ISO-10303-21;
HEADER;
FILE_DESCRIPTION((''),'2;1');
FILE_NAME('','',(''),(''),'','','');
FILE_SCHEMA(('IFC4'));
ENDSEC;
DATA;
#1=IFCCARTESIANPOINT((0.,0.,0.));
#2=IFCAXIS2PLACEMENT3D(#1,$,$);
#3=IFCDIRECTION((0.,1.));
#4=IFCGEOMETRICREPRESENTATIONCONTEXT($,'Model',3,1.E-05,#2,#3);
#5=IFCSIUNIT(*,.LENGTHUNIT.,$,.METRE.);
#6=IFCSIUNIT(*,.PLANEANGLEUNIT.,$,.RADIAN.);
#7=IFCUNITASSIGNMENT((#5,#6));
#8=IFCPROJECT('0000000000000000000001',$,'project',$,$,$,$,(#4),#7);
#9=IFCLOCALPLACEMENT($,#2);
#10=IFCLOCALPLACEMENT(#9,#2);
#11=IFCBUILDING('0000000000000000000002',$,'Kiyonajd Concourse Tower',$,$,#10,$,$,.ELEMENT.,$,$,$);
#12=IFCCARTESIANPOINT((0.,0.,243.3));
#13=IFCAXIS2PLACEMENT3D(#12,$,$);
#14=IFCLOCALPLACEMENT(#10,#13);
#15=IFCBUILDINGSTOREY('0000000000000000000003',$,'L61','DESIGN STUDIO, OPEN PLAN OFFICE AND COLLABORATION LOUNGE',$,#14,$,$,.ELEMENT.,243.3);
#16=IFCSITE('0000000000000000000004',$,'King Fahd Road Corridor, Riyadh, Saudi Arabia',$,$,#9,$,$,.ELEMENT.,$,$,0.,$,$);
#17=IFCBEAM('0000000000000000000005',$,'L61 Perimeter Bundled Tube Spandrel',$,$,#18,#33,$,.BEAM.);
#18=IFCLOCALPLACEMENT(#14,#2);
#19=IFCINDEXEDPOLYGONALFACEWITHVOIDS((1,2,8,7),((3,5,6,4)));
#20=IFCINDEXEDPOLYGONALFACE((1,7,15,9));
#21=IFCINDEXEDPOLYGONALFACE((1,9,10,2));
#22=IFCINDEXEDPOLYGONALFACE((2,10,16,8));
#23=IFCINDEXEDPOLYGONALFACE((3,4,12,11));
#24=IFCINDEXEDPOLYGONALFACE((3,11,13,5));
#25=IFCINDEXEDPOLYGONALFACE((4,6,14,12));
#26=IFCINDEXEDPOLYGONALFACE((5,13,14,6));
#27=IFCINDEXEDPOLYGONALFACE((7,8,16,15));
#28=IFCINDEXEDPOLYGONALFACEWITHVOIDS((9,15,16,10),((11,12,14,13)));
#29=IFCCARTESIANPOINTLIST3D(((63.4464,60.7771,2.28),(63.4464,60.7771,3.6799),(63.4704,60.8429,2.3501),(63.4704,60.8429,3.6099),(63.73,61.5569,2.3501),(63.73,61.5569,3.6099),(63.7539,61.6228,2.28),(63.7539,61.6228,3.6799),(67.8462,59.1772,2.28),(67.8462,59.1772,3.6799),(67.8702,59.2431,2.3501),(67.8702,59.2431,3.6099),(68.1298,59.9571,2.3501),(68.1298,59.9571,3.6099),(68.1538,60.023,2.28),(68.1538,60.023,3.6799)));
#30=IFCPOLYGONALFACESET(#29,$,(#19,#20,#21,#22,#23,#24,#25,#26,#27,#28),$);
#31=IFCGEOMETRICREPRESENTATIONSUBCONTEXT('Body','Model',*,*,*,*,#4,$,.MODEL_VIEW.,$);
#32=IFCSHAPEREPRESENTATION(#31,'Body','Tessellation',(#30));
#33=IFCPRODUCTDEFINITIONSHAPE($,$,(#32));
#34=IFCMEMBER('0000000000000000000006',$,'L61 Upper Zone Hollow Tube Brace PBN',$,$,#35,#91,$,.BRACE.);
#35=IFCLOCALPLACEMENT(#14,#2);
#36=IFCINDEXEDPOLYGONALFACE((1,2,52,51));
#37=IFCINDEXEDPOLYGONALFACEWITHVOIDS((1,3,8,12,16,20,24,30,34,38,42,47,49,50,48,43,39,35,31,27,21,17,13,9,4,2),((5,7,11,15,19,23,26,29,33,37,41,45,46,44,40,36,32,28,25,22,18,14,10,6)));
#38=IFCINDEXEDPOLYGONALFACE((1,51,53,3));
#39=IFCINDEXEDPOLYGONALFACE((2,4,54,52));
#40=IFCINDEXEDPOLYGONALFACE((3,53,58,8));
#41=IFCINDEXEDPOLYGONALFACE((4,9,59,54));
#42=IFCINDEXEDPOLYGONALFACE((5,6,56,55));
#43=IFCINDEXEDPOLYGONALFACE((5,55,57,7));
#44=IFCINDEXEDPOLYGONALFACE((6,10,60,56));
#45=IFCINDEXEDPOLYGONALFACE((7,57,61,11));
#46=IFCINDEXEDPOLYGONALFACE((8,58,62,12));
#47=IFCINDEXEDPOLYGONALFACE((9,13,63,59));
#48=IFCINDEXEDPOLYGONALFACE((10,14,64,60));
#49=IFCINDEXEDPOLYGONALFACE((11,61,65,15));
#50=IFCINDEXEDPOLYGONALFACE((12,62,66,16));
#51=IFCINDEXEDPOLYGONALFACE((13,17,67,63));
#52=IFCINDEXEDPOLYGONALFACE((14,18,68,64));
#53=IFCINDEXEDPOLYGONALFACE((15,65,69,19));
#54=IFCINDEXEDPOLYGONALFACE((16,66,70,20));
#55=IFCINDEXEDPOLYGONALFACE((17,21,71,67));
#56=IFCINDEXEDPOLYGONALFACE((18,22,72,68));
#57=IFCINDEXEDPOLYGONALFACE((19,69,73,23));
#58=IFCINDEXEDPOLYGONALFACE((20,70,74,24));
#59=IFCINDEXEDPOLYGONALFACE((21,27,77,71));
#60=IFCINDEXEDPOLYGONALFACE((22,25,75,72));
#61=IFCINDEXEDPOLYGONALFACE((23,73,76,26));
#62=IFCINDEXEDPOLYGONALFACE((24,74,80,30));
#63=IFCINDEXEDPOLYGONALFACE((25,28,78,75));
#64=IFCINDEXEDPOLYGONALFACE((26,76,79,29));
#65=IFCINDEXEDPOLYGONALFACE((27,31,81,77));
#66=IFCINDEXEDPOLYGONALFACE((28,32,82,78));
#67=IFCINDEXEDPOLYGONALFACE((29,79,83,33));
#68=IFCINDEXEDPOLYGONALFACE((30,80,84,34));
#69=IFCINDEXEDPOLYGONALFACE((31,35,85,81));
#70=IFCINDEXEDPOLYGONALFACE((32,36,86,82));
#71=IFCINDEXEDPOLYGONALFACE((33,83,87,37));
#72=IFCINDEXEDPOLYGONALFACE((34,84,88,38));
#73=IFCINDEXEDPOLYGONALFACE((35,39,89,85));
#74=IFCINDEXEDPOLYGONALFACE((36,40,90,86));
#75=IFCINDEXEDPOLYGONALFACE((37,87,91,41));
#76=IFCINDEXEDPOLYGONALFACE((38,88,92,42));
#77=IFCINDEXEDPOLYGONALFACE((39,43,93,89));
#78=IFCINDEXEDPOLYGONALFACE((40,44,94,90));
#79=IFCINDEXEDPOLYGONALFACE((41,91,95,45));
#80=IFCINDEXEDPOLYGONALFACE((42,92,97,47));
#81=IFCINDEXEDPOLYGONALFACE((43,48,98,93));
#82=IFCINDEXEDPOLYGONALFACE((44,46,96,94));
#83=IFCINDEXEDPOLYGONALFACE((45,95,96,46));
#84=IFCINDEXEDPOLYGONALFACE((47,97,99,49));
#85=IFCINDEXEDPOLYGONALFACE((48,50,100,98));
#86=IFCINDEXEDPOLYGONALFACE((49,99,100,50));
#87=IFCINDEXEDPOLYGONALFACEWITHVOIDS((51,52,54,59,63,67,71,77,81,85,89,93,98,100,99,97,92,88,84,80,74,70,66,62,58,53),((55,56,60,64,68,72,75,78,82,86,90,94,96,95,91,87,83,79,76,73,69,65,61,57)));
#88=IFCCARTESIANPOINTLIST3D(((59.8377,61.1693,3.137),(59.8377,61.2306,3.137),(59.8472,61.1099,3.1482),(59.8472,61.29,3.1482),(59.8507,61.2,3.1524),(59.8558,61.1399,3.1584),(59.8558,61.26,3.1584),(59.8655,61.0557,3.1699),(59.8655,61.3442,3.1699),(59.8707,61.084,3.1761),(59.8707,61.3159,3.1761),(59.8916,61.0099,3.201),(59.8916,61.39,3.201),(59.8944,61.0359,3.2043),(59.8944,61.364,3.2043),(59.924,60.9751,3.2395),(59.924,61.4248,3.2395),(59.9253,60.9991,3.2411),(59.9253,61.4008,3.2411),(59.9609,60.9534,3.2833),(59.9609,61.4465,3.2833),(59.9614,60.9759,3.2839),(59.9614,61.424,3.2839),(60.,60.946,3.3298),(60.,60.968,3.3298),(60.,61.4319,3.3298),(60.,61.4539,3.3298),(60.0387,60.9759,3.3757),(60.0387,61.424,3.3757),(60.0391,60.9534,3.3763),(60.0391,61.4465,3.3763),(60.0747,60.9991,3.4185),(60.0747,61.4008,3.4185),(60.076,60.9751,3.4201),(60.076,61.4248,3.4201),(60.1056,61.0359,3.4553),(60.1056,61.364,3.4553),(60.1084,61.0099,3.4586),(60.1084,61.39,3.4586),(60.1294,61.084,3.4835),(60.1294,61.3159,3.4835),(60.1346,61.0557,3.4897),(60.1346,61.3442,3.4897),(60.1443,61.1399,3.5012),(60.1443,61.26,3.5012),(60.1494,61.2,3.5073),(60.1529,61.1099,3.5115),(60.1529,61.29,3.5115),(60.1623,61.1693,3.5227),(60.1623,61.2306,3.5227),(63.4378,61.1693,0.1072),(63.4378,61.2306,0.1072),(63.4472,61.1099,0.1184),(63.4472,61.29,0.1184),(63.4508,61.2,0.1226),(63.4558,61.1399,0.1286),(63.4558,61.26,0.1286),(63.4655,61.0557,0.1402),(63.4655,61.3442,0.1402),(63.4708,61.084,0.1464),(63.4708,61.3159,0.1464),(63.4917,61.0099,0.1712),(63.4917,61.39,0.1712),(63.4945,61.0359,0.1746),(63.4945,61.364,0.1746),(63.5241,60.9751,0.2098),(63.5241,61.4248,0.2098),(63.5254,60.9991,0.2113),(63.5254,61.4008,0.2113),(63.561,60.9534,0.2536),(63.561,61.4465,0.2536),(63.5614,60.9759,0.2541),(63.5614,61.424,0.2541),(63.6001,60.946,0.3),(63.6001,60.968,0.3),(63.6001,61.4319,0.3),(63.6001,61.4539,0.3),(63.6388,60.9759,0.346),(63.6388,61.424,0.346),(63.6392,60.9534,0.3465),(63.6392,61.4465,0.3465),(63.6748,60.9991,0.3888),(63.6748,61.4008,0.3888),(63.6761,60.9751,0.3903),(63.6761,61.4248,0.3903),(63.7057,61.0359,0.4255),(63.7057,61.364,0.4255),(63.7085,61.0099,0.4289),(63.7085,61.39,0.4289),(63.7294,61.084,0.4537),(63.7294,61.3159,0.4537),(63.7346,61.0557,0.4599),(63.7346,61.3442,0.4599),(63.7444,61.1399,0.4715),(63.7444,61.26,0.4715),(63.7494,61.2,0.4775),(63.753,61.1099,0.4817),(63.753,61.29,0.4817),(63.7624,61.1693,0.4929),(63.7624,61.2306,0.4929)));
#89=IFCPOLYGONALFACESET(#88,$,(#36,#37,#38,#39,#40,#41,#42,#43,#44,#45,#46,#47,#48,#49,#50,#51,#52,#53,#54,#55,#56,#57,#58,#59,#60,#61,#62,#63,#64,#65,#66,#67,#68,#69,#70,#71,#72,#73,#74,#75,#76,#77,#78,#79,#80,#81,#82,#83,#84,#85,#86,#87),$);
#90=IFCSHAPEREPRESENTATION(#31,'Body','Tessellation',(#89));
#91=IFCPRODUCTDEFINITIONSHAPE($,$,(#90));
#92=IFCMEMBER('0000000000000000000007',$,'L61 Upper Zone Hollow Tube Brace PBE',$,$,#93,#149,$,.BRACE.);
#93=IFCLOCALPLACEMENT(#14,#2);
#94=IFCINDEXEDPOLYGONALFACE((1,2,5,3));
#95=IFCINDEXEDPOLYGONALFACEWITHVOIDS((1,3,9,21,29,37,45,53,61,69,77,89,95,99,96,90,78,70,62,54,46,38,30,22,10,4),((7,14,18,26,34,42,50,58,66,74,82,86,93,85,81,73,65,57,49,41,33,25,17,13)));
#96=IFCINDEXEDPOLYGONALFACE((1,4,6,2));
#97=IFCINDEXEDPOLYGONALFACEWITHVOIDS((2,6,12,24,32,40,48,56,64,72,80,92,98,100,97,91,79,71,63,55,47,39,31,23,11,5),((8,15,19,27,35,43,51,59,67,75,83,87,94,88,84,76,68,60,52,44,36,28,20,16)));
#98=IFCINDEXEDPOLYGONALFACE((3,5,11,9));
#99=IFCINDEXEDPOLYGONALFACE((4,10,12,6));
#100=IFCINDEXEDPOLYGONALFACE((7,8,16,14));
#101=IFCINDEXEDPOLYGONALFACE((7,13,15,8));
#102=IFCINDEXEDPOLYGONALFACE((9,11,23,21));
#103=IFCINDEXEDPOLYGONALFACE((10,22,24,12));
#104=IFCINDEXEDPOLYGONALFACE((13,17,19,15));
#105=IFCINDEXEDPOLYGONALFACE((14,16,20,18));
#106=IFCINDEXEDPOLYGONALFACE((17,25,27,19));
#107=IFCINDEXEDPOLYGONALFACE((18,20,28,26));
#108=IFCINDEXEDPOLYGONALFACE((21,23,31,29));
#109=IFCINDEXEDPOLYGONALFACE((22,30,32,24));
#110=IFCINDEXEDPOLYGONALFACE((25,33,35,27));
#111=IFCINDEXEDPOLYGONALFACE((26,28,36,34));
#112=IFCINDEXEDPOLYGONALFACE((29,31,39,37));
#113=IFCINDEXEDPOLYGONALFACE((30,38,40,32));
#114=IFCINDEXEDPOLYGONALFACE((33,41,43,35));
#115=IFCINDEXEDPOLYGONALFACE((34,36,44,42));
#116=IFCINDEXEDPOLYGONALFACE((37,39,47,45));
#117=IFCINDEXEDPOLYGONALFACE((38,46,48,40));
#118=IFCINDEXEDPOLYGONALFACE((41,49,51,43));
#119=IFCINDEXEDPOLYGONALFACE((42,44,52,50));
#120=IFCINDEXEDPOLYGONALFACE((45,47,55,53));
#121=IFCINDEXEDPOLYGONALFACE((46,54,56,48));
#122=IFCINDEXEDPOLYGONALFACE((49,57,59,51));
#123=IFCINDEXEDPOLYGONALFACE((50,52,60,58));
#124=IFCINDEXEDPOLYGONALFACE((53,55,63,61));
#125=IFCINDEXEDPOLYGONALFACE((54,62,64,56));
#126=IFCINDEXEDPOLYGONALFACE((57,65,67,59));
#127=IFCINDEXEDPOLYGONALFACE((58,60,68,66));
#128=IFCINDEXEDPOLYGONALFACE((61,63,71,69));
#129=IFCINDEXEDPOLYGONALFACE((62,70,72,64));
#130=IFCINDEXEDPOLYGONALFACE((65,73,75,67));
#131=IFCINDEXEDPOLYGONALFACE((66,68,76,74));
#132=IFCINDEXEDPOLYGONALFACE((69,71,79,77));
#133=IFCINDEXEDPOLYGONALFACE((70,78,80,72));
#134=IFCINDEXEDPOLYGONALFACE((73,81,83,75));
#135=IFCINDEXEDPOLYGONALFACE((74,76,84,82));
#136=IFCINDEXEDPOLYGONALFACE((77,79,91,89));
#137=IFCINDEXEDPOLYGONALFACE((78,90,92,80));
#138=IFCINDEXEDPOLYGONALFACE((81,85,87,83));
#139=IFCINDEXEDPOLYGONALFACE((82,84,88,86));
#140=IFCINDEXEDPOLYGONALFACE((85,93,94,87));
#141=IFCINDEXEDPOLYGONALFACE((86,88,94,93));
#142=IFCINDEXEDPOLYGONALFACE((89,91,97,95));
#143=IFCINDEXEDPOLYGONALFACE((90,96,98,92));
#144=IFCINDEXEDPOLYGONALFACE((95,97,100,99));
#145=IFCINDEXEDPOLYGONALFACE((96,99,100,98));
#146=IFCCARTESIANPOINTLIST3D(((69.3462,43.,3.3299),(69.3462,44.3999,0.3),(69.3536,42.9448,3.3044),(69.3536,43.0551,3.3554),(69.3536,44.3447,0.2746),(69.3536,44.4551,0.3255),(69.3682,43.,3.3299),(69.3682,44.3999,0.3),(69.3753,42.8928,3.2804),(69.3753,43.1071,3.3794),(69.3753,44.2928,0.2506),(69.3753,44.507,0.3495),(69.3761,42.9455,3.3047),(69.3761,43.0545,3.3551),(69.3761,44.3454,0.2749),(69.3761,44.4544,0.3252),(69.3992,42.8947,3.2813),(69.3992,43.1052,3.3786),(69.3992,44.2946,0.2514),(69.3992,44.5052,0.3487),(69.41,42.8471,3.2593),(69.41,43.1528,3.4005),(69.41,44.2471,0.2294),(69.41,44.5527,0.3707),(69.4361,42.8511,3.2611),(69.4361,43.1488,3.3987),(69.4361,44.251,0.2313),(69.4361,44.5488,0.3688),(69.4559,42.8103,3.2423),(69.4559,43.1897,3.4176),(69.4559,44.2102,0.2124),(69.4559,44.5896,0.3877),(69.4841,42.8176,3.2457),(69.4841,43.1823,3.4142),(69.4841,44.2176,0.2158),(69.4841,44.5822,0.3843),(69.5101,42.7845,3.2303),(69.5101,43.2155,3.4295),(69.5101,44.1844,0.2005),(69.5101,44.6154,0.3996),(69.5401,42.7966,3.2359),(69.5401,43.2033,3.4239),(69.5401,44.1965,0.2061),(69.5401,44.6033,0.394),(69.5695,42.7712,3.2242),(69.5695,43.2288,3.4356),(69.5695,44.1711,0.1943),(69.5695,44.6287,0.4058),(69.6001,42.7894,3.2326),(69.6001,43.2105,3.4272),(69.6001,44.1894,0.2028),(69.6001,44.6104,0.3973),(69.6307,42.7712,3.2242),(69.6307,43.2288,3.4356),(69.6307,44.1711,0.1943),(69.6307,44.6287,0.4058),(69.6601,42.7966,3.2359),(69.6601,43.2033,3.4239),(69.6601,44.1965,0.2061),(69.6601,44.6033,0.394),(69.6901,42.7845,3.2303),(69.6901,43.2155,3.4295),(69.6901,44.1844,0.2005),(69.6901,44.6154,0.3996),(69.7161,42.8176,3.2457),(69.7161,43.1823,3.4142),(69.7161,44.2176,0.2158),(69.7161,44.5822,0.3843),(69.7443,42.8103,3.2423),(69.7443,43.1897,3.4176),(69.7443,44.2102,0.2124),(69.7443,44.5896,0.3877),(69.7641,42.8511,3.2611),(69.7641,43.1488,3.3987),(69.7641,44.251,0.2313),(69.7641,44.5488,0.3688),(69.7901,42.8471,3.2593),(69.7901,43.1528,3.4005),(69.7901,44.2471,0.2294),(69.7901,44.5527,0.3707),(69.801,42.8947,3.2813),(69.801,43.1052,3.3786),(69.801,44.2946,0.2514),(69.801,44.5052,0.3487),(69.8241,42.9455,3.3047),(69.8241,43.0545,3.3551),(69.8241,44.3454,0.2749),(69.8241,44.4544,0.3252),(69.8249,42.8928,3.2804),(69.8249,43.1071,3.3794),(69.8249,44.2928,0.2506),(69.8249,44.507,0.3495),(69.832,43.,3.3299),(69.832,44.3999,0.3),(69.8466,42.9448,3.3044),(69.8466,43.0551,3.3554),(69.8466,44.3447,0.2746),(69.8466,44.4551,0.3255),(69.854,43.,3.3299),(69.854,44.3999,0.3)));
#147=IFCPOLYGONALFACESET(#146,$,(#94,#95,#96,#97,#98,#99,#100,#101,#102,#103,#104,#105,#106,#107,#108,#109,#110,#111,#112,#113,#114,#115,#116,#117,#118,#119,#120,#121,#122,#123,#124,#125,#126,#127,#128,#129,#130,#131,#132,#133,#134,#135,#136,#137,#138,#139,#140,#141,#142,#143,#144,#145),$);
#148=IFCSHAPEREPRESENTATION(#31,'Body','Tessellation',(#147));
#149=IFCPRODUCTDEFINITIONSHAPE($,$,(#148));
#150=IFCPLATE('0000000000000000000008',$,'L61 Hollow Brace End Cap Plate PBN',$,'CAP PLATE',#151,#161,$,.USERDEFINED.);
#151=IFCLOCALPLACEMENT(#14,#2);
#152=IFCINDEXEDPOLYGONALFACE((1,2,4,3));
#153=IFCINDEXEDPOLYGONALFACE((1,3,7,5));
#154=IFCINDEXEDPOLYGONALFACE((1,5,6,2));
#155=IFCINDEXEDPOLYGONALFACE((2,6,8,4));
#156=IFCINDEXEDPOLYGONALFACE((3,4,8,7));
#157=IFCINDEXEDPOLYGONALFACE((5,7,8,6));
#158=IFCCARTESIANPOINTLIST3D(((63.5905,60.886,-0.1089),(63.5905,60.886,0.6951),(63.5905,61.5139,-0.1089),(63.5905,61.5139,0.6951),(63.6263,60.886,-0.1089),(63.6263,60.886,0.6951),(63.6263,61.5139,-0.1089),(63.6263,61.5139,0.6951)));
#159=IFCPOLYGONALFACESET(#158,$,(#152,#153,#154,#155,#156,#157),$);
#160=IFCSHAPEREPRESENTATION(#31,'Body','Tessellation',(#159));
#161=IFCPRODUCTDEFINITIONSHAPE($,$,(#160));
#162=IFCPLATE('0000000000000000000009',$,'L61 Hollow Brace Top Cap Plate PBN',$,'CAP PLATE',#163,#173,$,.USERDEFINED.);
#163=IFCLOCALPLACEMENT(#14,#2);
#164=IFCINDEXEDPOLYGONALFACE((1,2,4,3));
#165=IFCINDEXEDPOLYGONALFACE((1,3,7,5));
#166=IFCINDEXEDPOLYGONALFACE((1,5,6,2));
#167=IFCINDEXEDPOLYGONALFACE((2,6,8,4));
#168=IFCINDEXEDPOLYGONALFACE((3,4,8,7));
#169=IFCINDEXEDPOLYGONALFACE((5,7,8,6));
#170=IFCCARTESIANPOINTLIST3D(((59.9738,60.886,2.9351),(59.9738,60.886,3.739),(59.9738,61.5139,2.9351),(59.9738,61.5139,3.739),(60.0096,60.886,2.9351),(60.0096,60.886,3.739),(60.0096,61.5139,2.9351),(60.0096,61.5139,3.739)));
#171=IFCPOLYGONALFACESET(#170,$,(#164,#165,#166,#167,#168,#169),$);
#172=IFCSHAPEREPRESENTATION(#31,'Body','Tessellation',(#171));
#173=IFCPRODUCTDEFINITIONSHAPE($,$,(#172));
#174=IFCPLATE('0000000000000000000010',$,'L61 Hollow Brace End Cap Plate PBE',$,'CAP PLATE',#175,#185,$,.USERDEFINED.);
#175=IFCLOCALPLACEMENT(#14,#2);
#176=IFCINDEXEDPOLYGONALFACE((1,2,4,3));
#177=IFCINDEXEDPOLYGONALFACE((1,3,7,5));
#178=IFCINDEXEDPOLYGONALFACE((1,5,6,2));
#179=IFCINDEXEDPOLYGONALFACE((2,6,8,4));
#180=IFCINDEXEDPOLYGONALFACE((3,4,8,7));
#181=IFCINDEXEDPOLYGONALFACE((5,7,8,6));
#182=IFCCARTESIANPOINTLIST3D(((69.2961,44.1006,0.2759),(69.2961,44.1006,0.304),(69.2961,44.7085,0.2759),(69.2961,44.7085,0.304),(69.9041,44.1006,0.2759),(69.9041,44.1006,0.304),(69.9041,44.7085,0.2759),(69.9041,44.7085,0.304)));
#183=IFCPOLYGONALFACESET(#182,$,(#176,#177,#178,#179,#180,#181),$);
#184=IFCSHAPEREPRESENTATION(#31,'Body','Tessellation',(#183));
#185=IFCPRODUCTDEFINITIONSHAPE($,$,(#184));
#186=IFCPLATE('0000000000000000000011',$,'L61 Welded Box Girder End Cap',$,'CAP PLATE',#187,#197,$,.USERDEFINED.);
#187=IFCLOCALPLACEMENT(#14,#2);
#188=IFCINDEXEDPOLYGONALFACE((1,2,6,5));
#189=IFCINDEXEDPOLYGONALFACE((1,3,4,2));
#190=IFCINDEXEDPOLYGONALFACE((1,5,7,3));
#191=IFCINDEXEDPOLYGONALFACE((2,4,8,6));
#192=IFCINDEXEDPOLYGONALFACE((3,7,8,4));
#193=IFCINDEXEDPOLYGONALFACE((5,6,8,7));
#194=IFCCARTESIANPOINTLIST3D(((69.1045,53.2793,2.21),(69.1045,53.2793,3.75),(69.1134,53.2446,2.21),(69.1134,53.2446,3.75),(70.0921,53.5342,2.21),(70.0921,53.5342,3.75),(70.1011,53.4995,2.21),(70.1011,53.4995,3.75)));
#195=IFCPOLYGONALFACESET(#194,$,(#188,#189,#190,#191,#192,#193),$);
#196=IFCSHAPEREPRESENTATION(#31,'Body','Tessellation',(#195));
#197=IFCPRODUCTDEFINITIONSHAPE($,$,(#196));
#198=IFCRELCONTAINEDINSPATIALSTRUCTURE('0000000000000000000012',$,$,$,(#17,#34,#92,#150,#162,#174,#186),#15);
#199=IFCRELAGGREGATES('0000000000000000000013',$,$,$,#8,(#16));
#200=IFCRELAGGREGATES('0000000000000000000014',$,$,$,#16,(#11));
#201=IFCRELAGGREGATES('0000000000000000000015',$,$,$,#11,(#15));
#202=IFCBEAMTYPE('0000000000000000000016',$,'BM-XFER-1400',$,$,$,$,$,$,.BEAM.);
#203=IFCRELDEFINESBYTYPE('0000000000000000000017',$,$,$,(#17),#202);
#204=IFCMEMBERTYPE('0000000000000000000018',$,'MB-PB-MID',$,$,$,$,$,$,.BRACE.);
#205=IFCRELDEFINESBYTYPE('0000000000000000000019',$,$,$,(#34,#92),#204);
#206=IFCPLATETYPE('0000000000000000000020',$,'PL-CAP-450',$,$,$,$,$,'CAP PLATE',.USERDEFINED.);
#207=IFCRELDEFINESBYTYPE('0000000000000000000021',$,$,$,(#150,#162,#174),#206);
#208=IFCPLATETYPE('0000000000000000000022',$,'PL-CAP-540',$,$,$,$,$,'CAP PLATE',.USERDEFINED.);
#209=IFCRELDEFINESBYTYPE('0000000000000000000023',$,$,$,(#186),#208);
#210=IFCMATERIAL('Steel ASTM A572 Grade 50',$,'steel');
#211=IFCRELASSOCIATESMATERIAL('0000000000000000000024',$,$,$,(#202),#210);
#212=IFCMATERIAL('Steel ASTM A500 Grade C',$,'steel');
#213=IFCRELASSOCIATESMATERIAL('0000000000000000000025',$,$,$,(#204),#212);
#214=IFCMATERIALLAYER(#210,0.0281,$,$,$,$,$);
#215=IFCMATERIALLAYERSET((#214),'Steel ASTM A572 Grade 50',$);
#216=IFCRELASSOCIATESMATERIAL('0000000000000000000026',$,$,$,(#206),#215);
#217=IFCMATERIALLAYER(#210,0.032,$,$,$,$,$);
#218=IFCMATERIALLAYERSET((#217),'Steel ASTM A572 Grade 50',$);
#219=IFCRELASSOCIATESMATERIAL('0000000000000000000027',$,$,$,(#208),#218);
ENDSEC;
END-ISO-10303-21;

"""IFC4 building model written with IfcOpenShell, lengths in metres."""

from ifc_helpers import new_model, si_unit, direction, frame, origin, origin_2d, place, context, subcontext, project, spatial, rectangle, hollow_rectangle, hollow_circle, extrude, material, layer, layer_set, material_profile, profile_set, type_object, element, save


model = new_model("IFC4")

# Units and contexts
model_context = context("Model", 3, precision=1e-05, world=origin(), true_north=direction((0.0, 1.0)))
body_context = subcontext(model_context, "Body", "Model", "MODEL_VIEW")
ifc_project = project(units=[si_unit("LENGTHUNIT", "METRE"), si_unit("PLANEANGLEUNIT", "RADIAN")], contexts=[model_context])

# Site, building, storey
site_placement = place(None, origin())
site = spatial("IfcSite", under=ifc_project, at=site_placement, Name="King Fahd Road Corridor, Riyadh, Saudi Arabia", CompositionType="ELEMENT", RefElevation=0.0)
building_placement = place(site_placement, origin())
building = spatial("IfcBuilding", under=site, at=building_placement, Name="Kiyonajd Concourse Tower", CompositionType="ELEMENT")
storey_placement = place(building_placement, frame((0.0, 0.0, 243.3)))
storey = spatial("IfcBuildingStorey", under=building, at=storey_placement, Name="L61", Description="DESIGN STUDIO, OPEN PLAN OFFICE AND COLLABORATION LOUNGE", CompositionType="ELEMENT", Elevation=243.3)

# Beam
ifc_material_1 = material(Name="Steel ASTM A572 Grade 50", Category="steel")
ifc_material_profile_1 = material_profile(ifc_material_1, hollow_rectangle(XDim=0.8999, YDim=1.3999, WallThickness=0.0701, at=origin_2d()), Name="BOX-1400x900x70")
ifc_profile_set_1 = profile_set([ifc_material_profile_1], Name="Steel ASTM A572 Grade 50")
beam_type_1 = type_object("IfcBeamType", Name="BM-XFER-1400", PredefinedType="BEAM", material=ifc_profile_set_1)
beam_1_placement = place(storey_placement, frame((68.0, 59.6001, 2.98), z_axis=(-0.939801, 0.341722, 0.0), x_axis=(-0.341722, -0.939801, 0.0)))
element("IfcBeam", 1, at=beam_1_placement, inside=storey, type_object=beam_type_1, Name="L61 Perimeter Bundled Tube Spandrel", PredefinedType="BEAM", context=body_context, shape_type="SweptSolid", body=[
    extrude(hollow_rectangle(XDim=0.8999, YDim=1.3999, WallThickness=0.0701, at=origin_2d()), origin(), (0.0, 0.0, 1.0), 4.6816),
])

# Members
ifc_material_2 = material(Name="Steel ASTM A500 Grade C", Category="steel")
ifc_material_profile_2 = material_profile(ifc_material_2, hollow_circle(Radius=0.2539, WallThickness=0.022, at=origin_2d()), Name="CHS-508x22")
ifc_profile_set_2 = profile_set([ifc_material_profile_2], Name="Steel ASTM A500 Grade C")
member_type = type_object("IfcMemberType", Name="MB-PB-MID", PredefinedType="BRACE", material=ifc_profile_set_2)
member_1_placement = place(storey_placement, frame((63.6001, 61.2, 0.3), z_axis=(-0.765108, 0.0, 0.643902), x_axis=(0.0, -1.0, 0.0)))
element("IfcMember", 2, at=member_1_placement, inside=storey, type_object=member_type, Name="L61 Upper Zone Hollow Tube Brace PBN", PredefinedType="BRACE", context=body_context, shape_type="SweptSolid", body=[
    extrude(hollow_circle(Radius=0.2539, WallThickness=0.022, at=origin_2d()), origin(), (0.0, 0.0, 1.0), 4.7053),
])
member_2_placement = place(storey_placement, frame((69.6001, 44.3999, 0.3), z_axis=(0.0, -0.419439, 0.907784), x_axis=(1.0, 0.0, 0.0)))
element("IfcMember", 3, at=member_2_placement, inside=storey, type_object=member_type, Name="L61 Upper Zone Hollow Tube Brace PBE", PredefinedType="BRACE", context=body_context, shape_type="SweptSolid", body=[
    extrude(hollow_circle(Radius=0.2539, WallThickness=0.022, at=origin_2d()), origin(), (0.0, 0.0, 1.0), 3.3376),
])

# Plates
ifc_layer_1 = layer(ifc_material_1, 0.0281)
ifc_layer_set_1 = layer_set([ifc_layer_1], Name="Steel ASTM A572 Grade 50")
plate_type_1 = type_object("IfcPlateType", Name="PL-CAP-450", ElementType="CAP PLATE", PredefinedType="USERDEFINED", material=ifc_layer_set_1)
for number, where, z_axis, x_axis, name in (
    (4, (63.6084, 61.2, -0.1089), (0.0, 0.0, 1.0), (1.0, 0.0, 0.0), "L61 Hollow Brace End Cap Plate PBN"),
    (5, (59.9917, 61.2, 2.9351), (0.0, 0.0, 1.0), (-1.0, 0.0, 0.0), "L61 Hollow Brace Top Cap Plate PBN"),
):
    element("IfcPlate", number, at=place(storey_placement, frame(where, z_axis=z_axis, x_axis=x_axis)), inside=storey, type_object=plate_type_1, Name=name, ObjectType="CAP PLATE", PredefinedType="USERDEFINED", context=body_context, shape_type="SweptSolid", body=[
        extrude(rectangle(XDim=0.0359, YDim=0.6279, at=origin_2d()), origin(), (0.0, 0.0, 1.0), 0.804),
    ])
plate_placement = place(storey_placement, frame((69.6001, 44.4045, 0.2759), z_axis=(0.0, 0.0, 1.0), x_axis=(1.0, 0.0, 0.0)))
element("IfcPlate", 6, at=plate_placement, inside=storey, type_object=plate_type_1, Name="L61 Hollow Brace End Cap Plate PBE", ObjectType="CAP PLATE", PredefinedType="USERDEFINED", context=body_context, shape_type="SweptSolid", body=[
    extrude(rectangle(XDim=0.6079, YDim=0.6079, at=origin_2d()), origin(), (0.0, 0.0, 1.0), 0.0281),
])
ifc_layer_2 = layer(ifc_material_1, 0.032)
ifc_layer_set_2 = layer_set([ifc_layer_2], Name="Steel ASTM A572 Grade 50")
plate_type_2 = type_object("IfcPlateType", Name="PL-CAP-540", ElementType="CAP PLATE", PredefinedType="USERDEFINED", material=ifc_layer_set_2)
for number, where, z_axis, x_axis, name in (
    (7, (69.6028, 53.3894, 2.21), (0.0, 0.0, 1.0), (0.249873, -0.968279, 0.0), "L61 Welded Box Girder End Cap"),
):
    element("IfcPlate", number, at=place(storey_placement, frame(where, z_axis=z_axis, x_axis=x_axis)), inside=storey, type_object=plate_type_2, Name=name, ObjectType="CAP PLATE", PredefinedType="USERDEFINED", context=body_context, shape_type="SweptSolid", body=[
        extrude(rectangle(XDim=0.0359, YDim=1.02, at=origin_2d()), origin(), (0.0, 0.0, 1.0), 1.54),
    ])

save(model, "model.ifc")
